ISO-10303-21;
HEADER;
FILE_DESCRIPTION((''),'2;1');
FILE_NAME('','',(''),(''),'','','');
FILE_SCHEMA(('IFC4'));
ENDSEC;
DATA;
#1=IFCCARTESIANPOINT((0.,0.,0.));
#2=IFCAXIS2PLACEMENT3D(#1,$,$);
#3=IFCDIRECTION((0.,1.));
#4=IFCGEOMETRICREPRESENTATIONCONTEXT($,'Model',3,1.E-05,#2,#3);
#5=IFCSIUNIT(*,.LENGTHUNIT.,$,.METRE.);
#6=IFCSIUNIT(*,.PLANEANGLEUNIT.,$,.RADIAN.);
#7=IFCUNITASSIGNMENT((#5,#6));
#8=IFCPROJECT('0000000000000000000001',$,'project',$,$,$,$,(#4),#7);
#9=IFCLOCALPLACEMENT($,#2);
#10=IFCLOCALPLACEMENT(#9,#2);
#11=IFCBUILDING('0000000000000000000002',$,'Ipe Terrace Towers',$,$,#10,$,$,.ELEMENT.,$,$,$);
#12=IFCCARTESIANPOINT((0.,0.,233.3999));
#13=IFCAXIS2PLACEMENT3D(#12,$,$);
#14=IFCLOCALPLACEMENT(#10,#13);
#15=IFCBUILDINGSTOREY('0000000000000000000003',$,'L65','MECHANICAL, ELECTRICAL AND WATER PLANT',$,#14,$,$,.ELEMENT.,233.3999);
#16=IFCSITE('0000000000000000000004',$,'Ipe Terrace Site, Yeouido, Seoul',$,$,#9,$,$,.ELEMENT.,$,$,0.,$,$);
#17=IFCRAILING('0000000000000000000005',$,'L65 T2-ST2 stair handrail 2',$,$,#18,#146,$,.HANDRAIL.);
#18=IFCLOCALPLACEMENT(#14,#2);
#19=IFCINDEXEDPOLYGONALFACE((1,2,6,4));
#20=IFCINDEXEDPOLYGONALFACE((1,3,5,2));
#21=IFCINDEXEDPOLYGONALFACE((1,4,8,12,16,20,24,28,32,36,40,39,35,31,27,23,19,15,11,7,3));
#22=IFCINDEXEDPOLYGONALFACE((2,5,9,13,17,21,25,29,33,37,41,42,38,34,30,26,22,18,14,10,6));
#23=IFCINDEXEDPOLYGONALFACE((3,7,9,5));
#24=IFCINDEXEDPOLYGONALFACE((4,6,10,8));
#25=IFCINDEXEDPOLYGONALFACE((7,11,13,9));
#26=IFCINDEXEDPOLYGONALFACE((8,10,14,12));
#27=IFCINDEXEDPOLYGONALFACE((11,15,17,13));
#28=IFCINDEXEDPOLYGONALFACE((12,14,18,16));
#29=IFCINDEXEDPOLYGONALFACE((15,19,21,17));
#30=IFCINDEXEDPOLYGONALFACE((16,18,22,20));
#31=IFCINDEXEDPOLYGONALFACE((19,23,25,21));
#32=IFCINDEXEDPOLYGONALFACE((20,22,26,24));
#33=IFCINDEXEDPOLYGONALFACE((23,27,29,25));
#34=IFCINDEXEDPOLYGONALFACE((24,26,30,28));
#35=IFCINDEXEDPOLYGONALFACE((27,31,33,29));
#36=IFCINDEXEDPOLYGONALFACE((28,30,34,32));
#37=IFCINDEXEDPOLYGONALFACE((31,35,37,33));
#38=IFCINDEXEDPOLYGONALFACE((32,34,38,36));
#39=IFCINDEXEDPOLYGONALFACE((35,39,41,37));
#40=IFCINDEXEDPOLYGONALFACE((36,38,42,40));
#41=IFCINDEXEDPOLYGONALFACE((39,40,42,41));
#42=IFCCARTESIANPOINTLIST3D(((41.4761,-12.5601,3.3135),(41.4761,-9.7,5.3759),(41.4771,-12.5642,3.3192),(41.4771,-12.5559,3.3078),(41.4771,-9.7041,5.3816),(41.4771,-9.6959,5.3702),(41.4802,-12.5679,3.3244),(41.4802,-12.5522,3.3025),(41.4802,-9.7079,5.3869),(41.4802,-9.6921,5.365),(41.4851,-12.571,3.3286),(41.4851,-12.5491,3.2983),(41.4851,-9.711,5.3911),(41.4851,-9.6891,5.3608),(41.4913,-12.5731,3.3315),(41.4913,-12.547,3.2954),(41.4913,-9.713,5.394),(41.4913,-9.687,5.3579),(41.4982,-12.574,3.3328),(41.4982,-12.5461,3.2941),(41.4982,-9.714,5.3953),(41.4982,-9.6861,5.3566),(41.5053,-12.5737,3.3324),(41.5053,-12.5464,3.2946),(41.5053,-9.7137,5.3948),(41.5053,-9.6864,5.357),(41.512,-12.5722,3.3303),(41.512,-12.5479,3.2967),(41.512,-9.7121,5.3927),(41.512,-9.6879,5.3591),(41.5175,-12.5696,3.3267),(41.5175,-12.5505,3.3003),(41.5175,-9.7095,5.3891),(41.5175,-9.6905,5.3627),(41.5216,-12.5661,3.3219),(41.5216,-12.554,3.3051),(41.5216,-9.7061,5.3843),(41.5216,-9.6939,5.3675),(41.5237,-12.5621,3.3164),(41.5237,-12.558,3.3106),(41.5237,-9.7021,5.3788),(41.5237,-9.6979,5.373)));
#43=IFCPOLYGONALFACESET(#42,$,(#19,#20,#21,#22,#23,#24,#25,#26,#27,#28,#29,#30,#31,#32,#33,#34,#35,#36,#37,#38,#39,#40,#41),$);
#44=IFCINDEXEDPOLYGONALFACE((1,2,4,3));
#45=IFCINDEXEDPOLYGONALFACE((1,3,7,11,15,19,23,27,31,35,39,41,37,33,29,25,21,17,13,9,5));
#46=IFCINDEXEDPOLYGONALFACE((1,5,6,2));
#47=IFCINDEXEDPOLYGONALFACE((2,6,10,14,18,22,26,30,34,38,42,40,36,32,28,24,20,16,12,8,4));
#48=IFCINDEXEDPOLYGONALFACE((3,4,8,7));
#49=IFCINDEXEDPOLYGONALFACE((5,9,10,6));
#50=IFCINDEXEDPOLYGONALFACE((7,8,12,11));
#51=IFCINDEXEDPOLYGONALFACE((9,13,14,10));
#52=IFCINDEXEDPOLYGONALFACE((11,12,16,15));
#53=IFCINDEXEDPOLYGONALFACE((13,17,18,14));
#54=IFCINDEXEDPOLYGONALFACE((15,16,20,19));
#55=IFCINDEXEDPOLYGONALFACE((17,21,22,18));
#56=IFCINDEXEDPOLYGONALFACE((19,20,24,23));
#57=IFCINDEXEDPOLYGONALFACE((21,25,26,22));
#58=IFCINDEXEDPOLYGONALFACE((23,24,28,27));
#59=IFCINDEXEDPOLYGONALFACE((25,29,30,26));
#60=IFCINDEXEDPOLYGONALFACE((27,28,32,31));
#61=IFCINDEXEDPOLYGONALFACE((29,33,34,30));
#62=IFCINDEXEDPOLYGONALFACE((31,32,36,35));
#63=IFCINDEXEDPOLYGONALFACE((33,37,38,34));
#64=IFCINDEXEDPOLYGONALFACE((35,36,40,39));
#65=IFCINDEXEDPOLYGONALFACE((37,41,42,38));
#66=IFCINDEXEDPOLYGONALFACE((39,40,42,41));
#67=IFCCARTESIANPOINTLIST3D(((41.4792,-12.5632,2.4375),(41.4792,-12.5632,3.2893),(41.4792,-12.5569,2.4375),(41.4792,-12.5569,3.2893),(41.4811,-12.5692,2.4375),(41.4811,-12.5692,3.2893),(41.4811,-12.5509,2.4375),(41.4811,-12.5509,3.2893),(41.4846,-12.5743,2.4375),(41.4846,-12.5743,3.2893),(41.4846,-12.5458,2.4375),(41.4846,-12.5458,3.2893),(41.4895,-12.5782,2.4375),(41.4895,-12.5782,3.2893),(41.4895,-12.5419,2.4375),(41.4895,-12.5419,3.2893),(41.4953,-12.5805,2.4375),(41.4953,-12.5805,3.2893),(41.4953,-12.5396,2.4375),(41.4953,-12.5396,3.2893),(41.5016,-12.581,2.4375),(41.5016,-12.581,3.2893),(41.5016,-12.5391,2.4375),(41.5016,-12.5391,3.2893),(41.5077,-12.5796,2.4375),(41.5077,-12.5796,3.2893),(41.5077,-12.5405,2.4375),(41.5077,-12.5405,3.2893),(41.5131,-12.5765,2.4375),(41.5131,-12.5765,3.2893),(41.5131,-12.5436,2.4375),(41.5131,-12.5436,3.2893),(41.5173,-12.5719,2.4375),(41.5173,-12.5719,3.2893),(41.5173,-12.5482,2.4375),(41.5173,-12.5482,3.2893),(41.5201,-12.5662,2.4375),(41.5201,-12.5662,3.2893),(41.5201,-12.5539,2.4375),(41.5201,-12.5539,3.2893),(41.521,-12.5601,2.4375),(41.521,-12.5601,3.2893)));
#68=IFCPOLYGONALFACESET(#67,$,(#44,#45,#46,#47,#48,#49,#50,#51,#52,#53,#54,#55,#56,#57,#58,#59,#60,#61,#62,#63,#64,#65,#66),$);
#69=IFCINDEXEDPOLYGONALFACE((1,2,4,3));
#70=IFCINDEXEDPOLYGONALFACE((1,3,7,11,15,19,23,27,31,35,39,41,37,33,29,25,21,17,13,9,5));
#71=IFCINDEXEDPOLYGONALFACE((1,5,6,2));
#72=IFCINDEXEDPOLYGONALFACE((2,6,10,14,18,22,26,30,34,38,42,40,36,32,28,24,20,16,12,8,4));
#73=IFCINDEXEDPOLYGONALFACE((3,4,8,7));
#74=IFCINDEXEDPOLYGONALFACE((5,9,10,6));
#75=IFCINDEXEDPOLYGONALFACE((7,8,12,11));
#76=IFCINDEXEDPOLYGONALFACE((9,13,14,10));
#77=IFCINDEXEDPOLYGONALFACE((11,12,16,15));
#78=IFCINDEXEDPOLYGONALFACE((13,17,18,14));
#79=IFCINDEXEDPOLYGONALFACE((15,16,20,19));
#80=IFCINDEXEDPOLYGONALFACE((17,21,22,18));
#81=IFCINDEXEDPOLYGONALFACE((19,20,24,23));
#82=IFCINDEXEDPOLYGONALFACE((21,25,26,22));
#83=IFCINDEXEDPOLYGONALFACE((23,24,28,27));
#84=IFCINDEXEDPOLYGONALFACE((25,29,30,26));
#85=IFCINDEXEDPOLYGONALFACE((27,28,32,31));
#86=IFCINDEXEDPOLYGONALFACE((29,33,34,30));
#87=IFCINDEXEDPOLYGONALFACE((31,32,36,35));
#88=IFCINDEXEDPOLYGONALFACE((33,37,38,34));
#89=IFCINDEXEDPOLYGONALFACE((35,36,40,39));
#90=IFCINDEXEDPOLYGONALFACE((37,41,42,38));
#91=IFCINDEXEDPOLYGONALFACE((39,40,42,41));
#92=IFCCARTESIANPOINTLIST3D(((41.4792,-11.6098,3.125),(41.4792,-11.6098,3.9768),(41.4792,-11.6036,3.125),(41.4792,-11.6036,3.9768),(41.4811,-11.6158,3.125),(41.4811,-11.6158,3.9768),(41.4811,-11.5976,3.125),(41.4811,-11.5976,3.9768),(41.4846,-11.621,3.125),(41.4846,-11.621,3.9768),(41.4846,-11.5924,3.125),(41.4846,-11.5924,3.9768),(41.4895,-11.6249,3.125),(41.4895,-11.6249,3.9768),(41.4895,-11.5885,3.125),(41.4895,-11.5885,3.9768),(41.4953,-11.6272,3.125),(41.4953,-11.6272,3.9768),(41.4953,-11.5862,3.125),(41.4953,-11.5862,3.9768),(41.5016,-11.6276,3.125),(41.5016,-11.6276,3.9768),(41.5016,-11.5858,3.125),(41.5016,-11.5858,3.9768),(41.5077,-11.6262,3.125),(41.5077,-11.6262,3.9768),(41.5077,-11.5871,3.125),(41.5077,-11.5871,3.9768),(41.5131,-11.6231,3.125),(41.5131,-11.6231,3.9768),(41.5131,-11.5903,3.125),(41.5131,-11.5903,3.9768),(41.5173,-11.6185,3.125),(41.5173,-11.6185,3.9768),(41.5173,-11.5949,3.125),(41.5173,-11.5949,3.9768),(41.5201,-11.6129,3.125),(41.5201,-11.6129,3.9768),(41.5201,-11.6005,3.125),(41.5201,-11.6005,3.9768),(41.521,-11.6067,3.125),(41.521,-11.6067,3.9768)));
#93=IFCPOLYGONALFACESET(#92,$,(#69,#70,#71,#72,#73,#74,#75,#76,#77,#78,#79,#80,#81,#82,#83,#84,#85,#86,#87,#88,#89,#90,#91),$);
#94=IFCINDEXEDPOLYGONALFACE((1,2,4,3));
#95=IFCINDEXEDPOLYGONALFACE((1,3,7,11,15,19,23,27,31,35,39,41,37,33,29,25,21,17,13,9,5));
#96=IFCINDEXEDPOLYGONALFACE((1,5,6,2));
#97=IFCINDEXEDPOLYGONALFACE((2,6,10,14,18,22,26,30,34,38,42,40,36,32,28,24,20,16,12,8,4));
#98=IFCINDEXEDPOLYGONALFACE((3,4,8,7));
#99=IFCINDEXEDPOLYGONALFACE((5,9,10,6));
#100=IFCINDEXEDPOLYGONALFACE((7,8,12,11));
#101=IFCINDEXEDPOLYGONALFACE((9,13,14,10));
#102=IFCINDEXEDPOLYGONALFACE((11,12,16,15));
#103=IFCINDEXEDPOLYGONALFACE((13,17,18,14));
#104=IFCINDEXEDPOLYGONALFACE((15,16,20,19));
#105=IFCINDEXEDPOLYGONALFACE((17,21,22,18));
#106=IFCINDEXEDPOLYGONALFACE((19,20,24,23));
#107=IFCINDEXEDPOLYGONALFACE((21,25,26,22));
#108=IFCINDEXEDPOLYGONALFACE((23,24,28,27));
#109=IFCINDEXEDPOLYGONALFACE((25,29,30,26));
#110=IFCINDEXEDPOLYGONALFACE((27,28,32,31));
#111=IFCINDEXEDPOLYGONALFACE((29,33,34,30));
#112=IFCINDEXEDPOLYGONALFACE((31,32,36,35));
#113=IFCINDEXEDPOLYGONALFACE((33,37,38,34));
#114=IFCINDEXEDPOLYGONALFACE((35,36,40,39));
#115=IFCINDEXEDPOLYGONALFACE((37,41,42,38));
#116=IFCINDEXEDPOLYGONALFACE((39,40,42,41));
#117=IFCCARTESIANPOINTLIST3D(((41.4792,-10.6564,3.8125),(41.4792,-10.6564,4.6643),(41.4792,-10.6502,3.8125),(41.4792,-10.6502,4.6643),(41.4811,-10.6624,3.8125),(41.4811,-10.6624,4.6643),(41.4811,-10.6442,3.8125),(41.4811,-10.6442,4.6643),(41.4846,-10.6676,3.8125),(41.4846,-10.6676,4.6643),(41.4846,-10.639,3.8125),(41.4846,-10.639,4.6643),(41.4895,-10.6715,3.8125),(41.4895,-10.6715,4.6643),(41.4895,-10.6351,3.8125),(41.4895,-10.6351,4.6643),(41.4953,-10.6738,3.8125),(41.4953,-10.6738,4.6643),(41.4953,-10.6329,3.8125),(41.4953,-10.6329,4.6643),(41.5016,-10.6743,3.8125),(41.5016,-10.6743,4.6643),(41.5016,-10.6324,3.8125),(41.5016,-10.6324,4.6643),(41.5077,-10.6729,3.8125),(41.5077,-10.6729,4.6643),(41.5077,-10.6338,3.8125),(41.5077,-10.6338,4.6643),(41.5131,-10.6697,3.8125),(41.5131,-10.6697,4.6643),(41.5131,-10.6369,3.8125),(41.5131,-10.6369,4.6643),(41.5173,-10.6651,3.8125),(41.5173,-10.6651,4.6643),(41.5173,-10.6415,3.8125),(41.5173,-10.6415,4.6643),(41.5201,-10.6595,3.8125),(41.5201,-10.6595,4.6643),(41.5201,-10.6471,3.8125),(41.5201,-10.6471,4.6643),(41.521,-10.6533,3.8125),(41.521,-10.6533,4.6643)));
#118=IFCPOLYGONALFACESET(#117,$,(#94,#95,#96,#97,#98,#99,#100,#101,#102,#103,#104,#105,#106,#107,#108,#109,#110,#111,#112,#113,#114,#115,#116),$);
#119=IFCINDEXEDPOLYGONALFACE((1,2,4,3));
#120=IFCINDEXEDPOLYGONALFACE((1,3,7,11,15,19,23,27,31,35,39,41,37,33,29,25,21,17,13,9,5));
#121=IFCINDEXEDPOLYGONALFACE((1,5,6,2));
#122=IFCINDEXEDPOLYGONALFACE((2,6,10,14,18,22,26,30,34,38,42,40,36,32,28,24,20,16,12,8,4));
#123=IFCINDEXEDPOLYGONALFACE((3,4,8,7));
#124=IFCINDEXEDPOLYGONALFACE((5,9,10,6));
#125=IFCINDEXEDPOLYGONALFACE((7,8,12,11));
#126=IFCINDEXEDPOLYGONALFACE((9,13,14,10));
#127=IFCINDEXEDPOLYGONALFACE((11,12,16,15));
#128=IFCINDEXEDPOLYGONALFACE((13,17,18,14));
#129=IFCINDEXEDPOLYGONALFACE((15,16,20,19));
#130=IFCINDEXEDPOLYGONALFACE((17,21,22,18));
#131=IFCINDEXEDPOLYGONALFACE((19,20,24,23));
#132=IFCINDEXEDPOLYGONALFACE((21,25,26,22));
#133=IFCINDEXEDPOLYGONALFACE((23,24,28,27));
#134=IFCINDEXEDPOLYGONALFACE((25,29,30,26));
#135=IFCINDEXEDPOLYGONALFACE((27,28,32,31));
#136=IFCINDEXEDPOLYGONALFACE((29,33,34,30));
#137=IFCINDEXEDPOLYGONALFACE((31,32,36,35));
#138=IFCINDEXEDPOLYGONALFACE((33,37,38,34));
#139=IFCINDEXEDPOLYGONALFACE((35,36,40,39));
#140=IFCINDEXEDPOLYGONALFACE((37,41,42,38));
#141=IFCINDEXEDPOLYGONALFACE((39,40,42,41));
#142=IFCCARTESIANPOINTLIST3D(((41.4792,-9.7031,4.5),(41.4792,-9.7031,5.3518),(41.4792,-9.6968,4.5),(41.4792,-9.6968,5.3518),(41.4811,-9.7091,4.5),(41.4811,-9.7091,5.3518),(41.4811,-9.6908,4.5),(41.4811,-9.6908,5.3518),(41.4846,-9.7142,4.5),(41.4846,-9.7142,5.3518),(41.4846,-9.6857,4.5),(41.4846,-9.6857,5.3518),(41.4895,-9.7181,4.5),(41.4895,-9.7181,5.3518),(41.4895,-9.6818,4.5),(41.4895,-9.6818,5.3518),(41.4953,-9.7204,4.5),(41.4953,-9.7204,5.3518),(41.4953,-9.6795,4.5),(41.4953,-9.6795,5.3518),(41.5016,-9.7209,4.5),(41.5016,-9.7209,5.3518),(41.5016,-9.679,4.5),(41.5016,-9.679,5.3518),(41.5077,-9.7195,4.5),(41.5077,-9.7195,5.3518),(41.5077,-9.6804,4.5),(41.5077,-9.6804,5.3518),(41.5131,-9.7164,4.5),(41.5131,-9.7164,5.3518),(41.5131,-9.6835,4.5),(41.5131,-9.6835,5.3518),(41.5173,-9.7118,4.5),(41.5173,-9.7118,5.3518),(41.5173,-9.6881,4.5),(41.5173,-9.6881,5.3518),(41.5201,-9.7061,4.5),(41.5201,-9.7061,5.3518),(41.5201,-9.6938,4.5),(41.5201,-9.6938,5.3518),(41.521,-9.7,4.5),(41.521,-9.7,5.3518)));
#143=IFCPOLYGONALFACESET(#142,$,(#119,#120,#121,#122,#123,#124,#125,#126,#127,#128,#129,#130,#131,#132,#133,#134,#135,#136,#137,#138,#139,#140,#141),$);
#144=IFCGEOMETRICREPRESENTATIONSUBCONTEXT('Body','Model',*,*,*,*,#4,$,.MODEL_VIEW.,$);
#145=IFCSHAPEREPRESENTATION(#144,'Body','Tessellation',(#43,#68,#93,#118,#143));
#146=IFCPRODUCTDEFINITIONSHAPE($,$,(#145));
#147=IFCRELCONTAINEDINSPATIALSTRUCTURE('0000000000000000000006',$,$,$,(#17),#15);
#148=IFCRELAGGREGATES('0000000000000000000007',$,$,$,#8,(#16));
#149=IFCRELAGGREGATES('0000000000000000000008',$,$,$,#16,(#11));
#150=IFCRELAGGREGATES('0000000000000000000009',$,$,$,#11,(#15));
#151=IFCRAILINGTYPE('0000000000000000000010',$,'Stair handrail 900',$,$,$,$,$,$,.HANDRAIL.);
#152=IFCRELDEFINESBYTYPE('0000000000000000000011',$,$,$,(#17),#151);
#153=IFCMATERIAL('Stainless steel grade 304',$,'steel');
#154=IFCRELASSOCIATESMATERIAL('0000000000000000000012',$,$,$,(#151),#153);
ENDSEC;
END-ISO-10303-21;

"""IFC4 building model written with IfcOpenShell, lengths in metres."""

from ifc_helpers import new_model, si_unit, direction, frame, origin, origin_2d, place, context, subcontext, project, spatial, circle, extrude, material, type_object, element, save


model = new_model("IFC4")

# Units and contexts
model_context = context("Model", 3, precision=1e-05, world=origin(), true_north=direction((0.0, 1.0)))
body_context = subcontext(model_context, "Body", "Model", "MODEL_VIEW")
ifc_project = project(units=[si_unit("LENGTHUNIT", "METRE"), si_unit("PLANEANGLEUNIT", "RADIAN")], contexts=[model_context])

# Site, building, storey
site_placement = place(None, origin())
site = spatial("IfcSite", under=ifc_project, at=site_placement, Name="Ipe Terrace Site, Yeouido, Seoul", CompositionType="ELEMENT", RefElevation=0.0)
building_placement = place(site_placement, origin())
building = spatial("IfcBuilding", under=site, at=building_placement, Name="Ipe Terrace Towers", CompositionType="ELEMENT")
storey_placement = place(building_placement, frame((0.0, 0.0, 233.3999)))
storey = spatial("IfcBuildingStorey", under=building, at=storey_placement, Name="L65", Description="MECHANICAL, ELECTRICAL AND WATER PLANT", CompositionType="ELEMENT", Elevation=233.3999)

# Railing
ifc_material_1 = material(Name="Stainless steel grade 304", Category="steel")
railing_type_1 = type_object("IfcRailingType", Name="Stair handrail 900", PredefinedType="HANDRAIL", material=ifc_material_1)
railing_1_placement = place(storey_placement, frame((41.5, -12.5601, 2.4375)))
element("IfcRailing", 1, at=railing_1_placement, inside=storey, type_object=railing_type_1, Name="L65 T2-ST2 stair handrail 2", PredefinedType="HANDRAIL", context=body_context, shape_type="SweptSolid", body=[
    extrude(circle(Radius=0.0239, at=origin_2d()), frame((0.0, 0.0, 0.876), z_axis=(0.0, 0.811101, 0.584906), x_axis=(-1.0, 0.0, 0.0)), (0.0, 0.0, 1.0), 3.5261),
    extrude(circle(Radius=0.021, at=origin_2d()), origin(), (0.0, 0.0, 1.0), 0.8518),
    extrude(circle(Radius=0.021, at=origin_2d()), frame((0.0, 0.9534, 0.6875)), (0.0, 0.0, 1.0), 0.8518),
    extrude(circle(Radius=0.021, at=origin_2d()), frame((0.0, 1.9067, 1.375)), (0.0, 0.0, 1.0), 0.8518),
    extrude(circle(Radius=0.021, at=origin_2d()), frame((0.0, 2.8601, 2.0625)), (0.0, 0.0, 1.0), 0.8518),
])

save(model, "model.ifc")
